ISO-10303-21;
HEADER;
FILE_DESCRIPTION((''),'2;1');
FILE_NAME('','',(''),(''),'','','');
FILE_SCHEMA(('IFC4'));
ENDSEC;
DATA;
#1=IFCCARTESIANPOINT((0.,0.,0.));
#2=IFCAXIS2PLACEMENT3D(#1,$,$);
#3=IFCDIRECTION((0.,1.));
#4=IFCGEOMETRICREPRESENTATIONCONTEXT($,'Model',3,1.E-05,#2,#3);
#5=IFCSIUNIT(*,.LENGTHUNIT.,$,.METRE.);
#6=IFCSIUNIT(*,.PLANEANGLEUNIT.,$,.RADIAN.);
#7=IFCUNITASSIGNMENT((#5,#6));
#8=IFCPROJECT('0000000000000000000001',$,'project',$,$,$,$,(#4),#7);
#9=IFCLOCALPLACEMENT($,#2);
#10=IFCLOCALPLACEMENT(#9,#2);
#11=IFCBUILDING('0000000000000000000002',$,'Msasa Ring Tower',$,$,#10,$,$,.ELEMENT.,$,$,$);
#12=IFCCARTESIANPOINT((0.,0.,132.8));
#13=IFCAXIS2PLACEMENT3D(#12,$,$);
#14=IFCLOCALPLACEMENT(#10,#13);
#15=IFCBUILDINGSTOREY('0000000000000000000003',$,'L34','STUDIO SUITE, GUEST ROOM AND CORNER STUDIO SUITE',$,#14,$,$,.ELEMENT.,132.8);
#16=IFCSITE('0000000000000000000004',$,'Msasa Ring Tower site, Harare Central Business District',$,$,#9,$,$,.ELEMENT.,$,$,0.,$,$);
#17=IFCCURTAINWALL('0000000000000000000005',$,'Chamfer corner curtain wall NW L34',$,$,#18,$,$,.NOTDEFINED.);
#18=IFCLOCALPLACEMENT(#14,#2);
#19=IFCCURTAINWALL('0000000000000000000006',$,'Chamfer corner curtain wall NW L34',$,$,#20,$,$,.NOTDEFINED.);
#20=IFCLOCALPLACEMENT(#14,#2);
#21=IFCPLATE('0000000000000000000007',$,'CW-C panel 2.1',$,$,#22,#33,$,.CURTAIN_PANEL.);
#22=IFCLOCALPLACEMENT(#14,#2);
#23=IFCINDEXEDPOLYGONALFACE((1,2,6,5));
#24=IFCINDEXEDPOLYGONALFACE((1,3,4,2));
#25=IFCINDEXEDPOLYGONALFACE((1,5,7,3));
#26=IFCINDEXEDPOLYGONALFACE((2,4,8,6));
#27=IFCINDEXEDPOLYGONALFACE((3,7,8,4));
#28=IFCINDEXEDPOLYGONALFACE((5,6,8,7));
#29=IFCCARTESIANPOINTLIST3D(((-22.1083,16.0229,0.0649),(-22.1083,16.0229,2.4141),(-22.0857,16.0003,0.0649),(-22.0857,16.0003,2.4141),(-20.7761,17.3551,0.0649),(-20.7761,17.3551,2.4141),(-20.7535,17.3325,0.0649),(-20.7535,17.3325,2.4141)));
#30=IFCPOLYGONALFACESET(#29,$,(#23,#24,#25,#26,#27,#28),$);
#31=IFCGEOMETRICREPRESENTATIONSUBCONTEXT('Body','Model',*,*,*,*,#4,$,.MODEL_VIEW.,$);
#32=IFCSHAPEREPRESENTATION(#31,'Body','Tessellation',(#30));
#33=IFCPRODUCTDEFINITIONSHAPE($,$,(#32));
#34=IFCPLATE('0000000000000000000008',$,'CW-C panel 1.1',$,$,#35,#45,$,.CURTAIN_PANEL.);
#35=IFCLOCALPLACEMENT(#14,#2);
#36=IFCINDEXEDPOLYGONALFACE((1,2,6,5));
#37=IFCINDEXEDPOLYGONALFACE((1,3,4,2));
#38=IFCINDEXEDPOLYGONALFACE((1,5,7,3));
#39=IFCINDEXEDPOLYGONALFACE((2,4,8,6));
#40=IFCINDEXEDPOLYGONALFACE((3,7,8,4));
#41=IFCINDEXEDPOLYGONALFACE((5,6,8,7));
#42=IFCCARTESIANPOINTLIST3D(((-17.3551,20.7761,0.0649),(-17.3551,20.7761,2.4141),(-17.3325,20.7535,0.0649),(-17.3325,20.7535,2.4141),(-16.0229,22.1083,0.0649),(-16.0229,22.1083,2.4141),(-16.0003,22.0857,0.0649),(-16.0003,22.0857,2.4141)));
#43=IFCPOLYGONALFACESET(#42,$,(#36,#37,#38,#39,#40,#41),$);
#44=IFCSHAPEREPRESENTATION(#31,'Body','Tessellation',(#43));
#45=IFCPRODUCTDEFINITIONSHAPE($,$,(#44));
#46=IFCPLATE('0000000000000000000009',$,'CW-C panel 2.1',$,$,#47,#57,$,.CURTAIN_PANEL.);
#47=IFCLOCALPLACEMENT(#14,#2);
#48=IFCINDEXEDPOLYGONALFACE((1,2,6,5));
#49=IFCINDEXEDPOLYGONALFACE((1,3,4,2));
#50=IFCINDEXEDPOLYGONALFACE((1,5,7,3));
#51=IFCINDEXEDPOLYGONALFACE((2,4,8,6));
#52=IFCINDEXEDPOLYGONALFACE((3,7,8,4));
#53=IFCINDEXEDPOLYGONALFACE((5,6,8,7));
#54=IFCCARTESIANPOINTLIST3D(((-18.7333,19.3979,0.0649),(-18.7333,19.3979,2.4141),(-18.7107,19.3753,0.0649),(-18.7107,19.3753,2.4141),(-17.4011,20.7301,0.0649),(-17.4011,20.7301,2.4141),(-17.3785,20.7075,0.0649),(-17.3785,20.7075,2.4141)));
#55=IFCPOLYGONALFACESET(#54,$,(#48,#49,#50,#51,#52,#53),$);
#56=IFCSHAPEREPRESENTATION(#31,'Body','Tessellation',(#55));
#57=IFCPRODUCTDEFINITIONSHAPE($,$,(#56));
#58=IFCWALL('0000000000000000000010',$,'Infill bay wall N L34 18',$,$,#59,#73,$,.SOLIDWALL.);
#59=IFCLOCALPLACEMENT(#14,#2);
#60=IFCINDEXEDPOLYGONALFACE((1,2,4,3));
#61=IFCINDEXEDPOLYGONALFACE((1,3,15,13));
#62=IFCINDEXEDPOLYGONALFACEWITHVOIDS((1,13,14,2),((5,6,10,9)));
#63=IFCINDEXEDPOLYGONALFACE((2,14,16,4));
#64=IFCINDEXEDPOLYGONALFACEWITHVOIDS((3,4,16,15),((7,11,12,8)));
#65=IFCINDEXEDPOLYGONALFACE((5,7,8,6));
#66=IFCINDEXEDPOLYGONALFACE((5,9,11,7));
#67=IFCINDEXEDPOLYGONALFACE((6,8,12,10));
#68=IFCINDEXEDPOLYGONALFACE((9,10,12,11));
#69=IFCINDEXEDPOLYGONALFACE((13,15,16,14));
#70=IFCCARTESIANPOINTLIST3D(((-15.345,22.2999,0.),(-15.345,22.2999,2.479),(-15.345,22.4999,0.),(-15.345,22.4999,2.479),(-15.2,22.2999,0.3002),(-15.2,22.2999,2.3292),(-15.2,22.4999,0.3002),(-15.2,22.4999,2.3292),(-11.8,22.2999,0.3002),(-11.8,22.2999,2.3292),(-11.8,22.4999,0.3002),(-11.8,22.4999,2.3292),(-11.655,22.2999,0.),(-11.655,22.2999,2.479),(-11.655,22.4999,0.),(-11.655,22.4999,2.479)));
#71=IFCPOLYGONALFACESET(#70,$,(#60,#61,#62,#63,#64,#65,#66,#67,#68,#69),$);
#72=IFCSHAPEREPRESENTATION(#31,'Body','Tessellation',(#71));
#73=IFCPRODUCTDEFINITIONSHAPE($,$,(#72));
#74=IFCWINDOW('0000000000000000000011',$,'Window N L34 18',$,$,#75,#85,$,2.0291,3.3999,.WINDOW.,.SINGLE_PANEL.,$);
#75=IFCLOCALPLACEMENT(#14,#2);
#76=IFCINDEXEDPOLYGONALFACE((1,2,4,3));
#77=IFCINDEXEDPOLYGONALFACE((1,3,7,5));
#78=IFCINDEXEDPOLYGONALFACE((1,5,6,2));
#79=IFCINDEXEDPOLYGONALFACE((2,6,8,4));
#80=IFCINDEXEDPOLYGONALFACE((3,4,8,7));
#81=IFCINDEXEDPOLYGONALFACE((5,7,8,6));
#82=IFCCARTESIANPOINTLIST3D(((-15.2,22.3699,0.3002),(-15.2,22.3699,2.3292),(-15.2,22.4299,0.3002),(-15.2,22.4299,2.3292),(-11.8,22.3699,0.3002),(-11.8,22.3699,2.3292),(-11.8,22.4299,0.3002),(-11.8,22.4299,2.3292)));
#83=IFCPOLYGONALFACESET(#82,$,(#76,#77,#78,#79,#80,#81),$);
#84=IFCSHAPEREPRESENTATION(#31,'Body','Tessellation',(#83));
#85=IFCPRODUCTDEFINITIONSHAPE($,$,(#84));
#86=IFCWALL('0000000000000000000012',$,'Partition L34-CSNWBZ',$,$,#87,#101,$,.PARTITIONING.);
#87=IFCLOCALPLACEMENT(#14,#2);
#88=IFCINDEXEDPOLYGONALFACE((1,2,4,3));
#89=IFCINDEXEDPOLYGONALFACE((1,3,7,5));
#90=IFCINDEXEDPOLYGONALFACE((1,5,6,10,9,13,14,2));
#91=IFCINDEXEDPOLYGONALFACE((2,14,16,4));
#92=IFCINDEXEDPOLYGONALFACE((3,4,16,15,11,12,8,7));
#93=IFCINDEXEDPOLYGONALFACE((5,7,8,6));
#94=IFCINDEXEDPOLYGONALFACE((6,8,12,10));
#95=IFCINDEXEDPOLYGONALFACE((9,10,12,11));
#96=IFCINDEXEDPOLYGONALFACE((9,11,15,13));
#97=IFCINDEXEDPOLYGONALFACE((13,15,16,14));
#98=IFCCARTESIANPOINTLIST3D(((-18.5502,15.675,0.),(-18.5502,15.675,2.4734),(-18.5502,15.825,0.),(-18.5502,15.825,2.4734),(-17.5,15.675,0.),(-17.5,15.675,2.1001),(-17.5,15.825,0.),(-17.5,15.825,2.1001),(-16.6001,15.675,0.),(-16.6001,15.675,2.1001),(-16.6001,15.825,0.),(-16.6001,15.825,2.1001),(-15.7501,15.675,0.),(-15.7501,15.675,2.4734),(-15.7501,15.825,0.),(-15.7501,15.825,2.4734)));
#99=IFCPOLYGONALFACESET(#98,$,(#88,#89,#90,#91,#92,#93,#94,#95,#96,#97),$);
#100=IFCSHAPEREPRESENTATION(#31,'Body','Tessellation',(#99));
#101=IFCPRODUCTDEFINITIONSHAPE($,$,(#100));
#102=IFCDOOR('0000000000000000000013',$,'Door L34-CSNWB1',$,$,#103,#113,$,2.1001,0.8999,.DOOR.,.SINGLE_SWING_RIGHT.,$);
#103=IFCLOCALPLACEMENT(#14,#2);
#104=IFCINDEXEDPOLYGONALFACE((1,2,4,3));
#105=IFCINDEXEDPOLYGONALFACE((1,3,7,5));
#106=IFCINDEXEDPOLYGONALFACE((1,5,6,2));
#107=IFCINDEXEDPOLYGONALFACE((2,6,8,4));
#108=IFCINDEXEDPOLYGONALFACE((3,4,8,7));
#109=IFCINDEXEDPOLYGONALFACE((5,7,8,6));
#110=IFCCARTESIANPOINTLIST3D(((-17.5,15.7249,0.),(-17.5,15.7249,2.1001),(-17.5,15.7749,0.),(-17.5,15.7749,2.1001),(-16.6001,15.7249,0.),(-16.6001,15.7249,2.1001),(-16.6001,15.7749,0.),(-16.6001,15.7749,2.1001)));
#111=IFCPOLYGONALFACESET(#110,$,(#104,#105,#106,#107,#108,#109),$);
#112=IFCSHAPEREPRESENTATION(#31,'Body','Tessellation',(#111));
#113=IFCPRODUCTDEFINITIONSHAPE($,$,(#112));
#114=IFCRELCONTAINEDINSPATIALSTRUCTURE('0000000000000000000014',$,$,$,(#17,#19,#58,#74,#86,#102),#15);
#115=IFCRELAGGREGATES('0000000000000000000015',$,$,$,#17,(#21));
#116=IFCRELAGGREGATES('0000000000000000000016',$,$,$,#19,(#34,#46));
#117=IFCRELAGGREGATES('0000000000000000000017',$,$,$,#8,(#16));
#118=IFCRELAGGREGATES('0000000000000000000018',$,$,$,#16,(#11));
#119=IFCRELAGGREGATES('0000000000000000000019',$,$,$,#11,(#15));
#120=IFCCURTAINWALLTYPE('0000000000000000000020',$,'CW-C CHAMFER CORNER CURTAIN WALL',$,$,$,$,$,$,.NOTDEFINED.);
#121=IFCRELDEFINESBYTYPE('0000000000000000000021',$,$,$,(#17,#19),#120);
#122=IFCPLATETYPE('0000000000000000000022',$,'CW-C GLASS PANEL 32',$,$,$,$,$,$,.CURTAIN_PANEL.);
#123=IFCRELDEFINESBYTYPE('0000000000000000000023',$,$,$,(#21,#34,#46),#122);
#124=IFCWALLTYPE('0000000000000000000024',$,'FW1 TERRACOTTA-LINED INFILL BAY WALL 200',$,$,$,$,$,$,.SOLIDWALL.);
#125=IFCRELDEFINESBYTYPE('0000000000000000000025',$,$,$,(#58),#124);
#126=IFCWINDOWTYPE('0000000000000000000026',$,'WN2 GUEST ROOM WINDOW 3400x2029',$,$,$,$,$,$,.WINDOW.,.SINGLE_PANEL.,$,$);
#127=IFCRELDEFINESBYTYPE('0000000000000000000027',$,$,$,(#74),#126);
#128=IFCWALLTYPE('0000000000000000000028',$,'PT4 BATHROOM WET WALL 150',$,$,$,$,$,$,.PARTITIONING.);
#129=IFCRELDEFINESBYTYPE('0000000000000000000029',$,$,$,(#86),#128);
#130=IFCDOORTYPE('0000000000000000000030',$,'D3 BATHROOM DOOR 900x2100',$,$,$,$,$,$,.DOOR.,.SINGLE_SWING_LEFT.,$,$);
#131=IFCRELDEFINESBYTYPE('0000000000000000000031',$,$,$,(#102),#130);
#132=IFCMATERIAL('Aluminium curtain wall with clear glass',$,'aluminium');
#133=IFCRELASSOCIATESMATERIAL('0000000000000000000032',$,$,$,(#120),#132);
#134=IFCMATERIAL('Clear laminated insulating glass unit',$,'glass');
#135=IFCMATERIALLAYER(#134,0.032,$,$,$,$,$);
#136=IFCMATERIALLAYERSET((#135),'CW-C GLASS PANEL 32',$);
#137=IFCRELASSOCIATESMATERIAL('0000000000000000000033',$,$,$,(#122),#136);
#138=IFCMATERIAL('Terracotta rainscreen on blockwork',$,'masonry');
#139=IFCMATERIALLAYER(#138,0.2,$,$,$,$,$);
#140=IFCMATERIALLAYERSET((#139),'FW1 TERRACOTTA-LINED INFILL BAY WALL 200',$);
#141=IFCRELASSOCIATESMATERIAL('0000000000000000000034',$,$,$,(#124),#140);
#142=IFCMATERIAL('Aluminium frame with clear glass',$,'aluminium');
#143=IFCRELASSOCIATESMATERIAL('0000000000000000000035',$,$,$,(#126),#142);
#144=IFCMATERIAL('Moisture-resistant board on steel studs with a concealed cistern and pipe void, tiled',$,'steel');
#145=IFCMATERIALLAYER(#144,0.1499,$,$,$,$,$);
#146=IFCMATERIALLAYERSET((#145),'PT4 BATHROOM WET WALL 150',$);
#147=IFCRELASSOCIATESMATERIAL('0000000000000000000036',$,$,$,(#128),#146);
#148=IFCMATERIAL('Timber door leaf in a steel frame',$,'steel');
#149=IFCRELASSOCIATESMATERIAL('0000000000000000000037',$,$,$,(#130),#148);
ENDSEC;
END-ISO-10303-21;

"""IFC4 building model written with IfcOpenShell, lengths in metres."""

from ifc_helpers import new_model, si_unit, direction, frame, frame_2d, origin, origin_2d, place, context, subcontext, project, spatial, rectangle, extrude, material, layer, layer_set, type_object, element, fill, aggregate, save


model = new_model("IFC4")

# Units and contexts
model_context = context("Model", 3, precision=1e-05, world=origin(), true_north=direction((0.0, 1.0)))
body_context = subcontext(model_context, "Body", "Model", "MODEL_VIEW")
ifc_project = project(units=[si_unit("LENGTHUNIT", "METRE"), si_unit("PLANEANGLEUNIT", "RADIAN")], contexts=[model_context])

# Site, building, storey
site_placement = place(None, origin())
site = spatial("IfcSite", under=ifc_project, at=site_placement, Name="Msasa Ring Tower site, Harare Central Business District", CompositionType="ELEMENT", RefElevation=0.0)
building_placement = place(site_placement, origin())
building = spatial("IfcBuilding", under=site, at=building_placement, Name="Msasa Ring Tower", CompositionType="ELEMENT")
storey_placement = place(building_placement, frame((0.0, 0.0, 132.8)))
storey = spatial("IfcBuildingStorey", under=building, at=storey_placement, Name="L34", Description="STUDIO SUITE, GUEST ROOM AND CORNER STUDIO SUITE", CompositionType="ELEMENT", Elevation=132.8)

# Curtain walls
ifc_material_1 = material(Name="Aluminium curtain wall with clear glass", Category="aluminium")
curtain_wall_type = type_object("IfcCurtainWallType", Name="CW-C CHAMFER CORNER CURTAIN WALL", PredefinedType="NOTDEFINED", material=ifc_material_1)
curtain_wall_1_placement = place(storey_placement, origin())
curtain_wall_1 = element("IfcCurtainWall", 1, at=curtain_wall_1_placement, inside=storey, type_object=curtain_wall_type, Name="Chamfer corner curtain wall NW L34", PredefinedType="NOTDEFINED")
curtain_wall_2_placement = place(storey_placement, origin())
curtain_wall_2 = element("IfcCurtainWall", 2, at=curtain_wall_2_placement, inside=storey, type_object=curtain_wall_type, Name="Chamfer corner curtain wall NW L34", PredefinedType="NOTDEFINED")

# Plates
ifc_material_2 = material(Name="Clear laminated insulating glass unit", Category="glass")
ifc_layer_1 = layer(ifc_material_2, 0.032)
ifc_layer_set_1 = layer_set([ifc_layer_1], Name="CW-C GLASS PANEL 32")
plate_type = type_object("IfcPlateType", Name="CW-C GLASS PANEL 32", PredefinedType="CURTAIN_PANEL", material=ifc_layer_set_1)
plate_1_placement = place(storey_placement, frame((-21.4309, 16.6777, 0.0649), z_axis=(0.0, 0.0, 1.0), x_axis=(-0.707107, -0.707107, 0.0)))
plate_1 = element("IfcPlate", 3, at=plate_1_placement, type_object=plate_type, Name="CW-C panel 2.1", PredefinedType="CURTAIN_PANEL", context=body_context, shape_type="SweptSolid", body=[
    extrude(rectangle(XDim=1.884, YDim=0.032, at=origin_2d()), origin(), (0.0, 0.0, 1.0), 2.3491),
])
aggregate(curtain_wall_1, [plate_1])
plate_2_placement = place(storey_placement, frame((-16.6777, 21.4309, 0.0649), z_axis=(0.0, 0.0, 1.0), x_axis=(-0.707107, -0.707107, 0.0)))
plate_2 = element("IfcPlate", 4, at=plate_2_placement, type_object=plate_type, Name="CW-C panel 1.1", PredefinedType="CURTAIN_PANEL", context=body_context, shape_type="SweptSolid", body=[
    extrude(rectangle(XDim=1.884, YDim=0.032, at=origin_2d()), origin(), (0.0, 0.0, 1.0), 2.3491),
])
plate_3_placement = place(storey_placement, frame((-18.0559, 20.0527, 0.0649), z_axis=(0.0, 0.0, 1.0), x_axis=(-0.707107, -0.707107, 0.0)))
plate_3 = element("IfcPlate", 5, at=plate_3_placement, type_object=plate_type, Name="CW-C panel 2.1", PredefinedType="CURTAIN_PANEL", context=body_context, shape_type="SweptSolid", body=[
    extrude(rectangle(XDim=1.884, YDim=0.032, at=origin_2d()), origin(), (0.0, 0.0, 1.0), 2.3491),
])
aggregate(curtain_wall_2, [plate_2, plate_3])

# Wall, opening, window
ifc_material_3 = material(Name="Terracotta rainscreen on blockwork", Category="masonry")
ifc_layer_2 = layer(ifc_material_3, 0.2)
ifc_layer_set_2 = layer_set([ifc_layer_2], Name="FW1 TERRACOTTA-LINED INFILL BAY WALL 200")
wall_type_1 = type_object("IfcWallType", Name="FW1 TERRACOTTA-LINED INFILL BAY WALL 200", PredefinedType="SOLIDWALL", material=ifc_layer_set_2)
wall_1_placement = place(storey_placement, frame((-15.345, 22.3999, 0.0), z_axis=(0.0, 0.0, 1.0), x_axis=(1.0, 0.0, 0.0)))
wall_1 = element("IfcWall", 6, at=wall_1_placement, inside=storey, type_object=wall_type_1, Name="Infill bay wall N L34 18", PredefinedType="SOLIDWALL", context=body_context, shape_type="SweptSolid", body=[
    extrude(rectangle(XDim=3.6899, YDim=0.2, at=frame_2d((1.845, 0.0))), origin(), (0.0, 0.0, 1.0), 2.479),
])
opening_1_placement = place(wall_1_placement, frame((0.145, 0.0, 0.3)))
opening_1 = element("IfcOpeningElement", 7, at=opening_1_placement, cuts=wall_1, PredefinedType="OPENING", context=body_context, shape_type="SweptSolid", body=[
    extrude(rectangle(XDim=3.3999, YDim=2.0291, at=frame_2d((1.7, 1.0146))), frame((0.0, 0.1099, 0.0), z_axis=(0.0, -1.0, 0.0), x_axis=(1.0, 0.0, 0.0)), (0.0, 0.0, 1.0), 0.22),
])
ifc_material_4 = material(Name="Aluminium frame with clear glass", Category="aluminium")
window_type = type_object("IfcWindowType", Name="WN2 GUEST ROOM WINDOW 3400x2029", PartitioningType="SINGLE_PANEL", PredefinedType="WINDOW", material=ifc_material_4)
window_placement = place(opening_1_placement, origin())
window = element("IfcWindow", 8, at=window_placement, inside=storey, type_object=window_type, Name="Window N L34 18", OverallHeight=2.0291, OverallWidth=3.3999, PartitioningType="SINGLE_PANEL", PredefinedType="WINDOW", context=body_context, shape_type="SweptSolid", body=[
    extrude(rectangle(XDim=3.3999, YDim=2.0291, at=frame_2d((1.7, 1.0146))), frame((0.0, 0.03, 0.0), z_axis=(0.0, -1.0, 0.0), x_axis=(1.0, 0.0, 0.0)), (0.0, 0.0, 1.0), 0.0601),
])
fill(opening_1, window)

# Wall, opening, door
ifc_material_5 = material(Name="Moisture-resistant board on steel studs with a concealed cistern and pipe void, tiled", Category="steel")
ifc_layer_3 = layer(ifc_material_5, 0.1499)
ifc_layer_set_3 = layer_set([ifc_layer_3], Name="PT4 BATHROOM WET WALL 150")
wall_type_2 = type_object("IfcWallType", Name="PT4 BATHROOM WET WALL 150", PredefinedType="PARTITIONING", material=ifc_layer_set_3)
wall_2_placement = place(storey_placement, frame((-18.55, 15.75, 0.0), z_axis=(0.0, 0.0, 1.0), x_axis=(1.0, 0.0, 0.0)))
wall_2 = element("IfcWall", 9, at=wall_2_placement, inside=storey, type_object=wall_type_2, Name="Partition L34-CSNWBZ", PredefinedType="PARTITIONING", context=body_context, shape_type="SweptSolid", body=[
    extrude(rectangle(XDim=2.8, YDim=0.1499, at=frame_2d((1.3999, 0.0))), origin(), (0.0, 0.0, 1.0), 2.4734),
])
opening_2_placement = place(wall_2_placement, frame((1.05, 0.0, 0.0)))
opening_2 = element("IfcOpeningElement", 10, at=opening_2_placement, cuts=wall_2, PredefinedType="OPENING", context=body_context, shape_type="SweptSolid", body=[
    extrude(rectangle(XDim=0.8999, YDim=2.1001, at=frame_2d((0.45, 1.05))), frame((0.0, 0.085, 0.0), z_axis=(0.0, -1.0, 0.0), x_axis=(1.0, 0.0, 0.0)), (0.0, 0.0, 1.0), 0.1699),
])
ifc_material_6 = material(Name="Timber door leaf in a steel frame", Category="steel")
door_type = type_object("IfcDoorType", Name="D3 BATHROOM DOOR 900x2100", OperationType="SINGLE_SWING_LEFT", PredefinedType="DOOR", material=ifc_material_6)
door_placement = place(opening_2_placement, origin())
door = element("IfcDoor", 11, at=door_placement, inside=storey, type_object=door_type, Name="Door L34-CSNWB1", OperationType="SINGLE_SWING_RIGHT", OverallHeight=2.1001, OverallWidth=0.8999, PredefinedType="DOOR", context=body_context, shape_type="SweptSolid", body=[
    extrude(rectangle(XDim=0.8999, YDim=2.1001, at=frame_2d((0.45, 1.05))), frame((0.0, 0.0249, 0.0), z_axis=(0.0, -1.0, 0.0), x_axis=(1.0, 0.0, 0.0)), (0.0, 0.0, 1.0), 0.05),
])
fill(opening_2, door)

save(model, "model.ifc")
